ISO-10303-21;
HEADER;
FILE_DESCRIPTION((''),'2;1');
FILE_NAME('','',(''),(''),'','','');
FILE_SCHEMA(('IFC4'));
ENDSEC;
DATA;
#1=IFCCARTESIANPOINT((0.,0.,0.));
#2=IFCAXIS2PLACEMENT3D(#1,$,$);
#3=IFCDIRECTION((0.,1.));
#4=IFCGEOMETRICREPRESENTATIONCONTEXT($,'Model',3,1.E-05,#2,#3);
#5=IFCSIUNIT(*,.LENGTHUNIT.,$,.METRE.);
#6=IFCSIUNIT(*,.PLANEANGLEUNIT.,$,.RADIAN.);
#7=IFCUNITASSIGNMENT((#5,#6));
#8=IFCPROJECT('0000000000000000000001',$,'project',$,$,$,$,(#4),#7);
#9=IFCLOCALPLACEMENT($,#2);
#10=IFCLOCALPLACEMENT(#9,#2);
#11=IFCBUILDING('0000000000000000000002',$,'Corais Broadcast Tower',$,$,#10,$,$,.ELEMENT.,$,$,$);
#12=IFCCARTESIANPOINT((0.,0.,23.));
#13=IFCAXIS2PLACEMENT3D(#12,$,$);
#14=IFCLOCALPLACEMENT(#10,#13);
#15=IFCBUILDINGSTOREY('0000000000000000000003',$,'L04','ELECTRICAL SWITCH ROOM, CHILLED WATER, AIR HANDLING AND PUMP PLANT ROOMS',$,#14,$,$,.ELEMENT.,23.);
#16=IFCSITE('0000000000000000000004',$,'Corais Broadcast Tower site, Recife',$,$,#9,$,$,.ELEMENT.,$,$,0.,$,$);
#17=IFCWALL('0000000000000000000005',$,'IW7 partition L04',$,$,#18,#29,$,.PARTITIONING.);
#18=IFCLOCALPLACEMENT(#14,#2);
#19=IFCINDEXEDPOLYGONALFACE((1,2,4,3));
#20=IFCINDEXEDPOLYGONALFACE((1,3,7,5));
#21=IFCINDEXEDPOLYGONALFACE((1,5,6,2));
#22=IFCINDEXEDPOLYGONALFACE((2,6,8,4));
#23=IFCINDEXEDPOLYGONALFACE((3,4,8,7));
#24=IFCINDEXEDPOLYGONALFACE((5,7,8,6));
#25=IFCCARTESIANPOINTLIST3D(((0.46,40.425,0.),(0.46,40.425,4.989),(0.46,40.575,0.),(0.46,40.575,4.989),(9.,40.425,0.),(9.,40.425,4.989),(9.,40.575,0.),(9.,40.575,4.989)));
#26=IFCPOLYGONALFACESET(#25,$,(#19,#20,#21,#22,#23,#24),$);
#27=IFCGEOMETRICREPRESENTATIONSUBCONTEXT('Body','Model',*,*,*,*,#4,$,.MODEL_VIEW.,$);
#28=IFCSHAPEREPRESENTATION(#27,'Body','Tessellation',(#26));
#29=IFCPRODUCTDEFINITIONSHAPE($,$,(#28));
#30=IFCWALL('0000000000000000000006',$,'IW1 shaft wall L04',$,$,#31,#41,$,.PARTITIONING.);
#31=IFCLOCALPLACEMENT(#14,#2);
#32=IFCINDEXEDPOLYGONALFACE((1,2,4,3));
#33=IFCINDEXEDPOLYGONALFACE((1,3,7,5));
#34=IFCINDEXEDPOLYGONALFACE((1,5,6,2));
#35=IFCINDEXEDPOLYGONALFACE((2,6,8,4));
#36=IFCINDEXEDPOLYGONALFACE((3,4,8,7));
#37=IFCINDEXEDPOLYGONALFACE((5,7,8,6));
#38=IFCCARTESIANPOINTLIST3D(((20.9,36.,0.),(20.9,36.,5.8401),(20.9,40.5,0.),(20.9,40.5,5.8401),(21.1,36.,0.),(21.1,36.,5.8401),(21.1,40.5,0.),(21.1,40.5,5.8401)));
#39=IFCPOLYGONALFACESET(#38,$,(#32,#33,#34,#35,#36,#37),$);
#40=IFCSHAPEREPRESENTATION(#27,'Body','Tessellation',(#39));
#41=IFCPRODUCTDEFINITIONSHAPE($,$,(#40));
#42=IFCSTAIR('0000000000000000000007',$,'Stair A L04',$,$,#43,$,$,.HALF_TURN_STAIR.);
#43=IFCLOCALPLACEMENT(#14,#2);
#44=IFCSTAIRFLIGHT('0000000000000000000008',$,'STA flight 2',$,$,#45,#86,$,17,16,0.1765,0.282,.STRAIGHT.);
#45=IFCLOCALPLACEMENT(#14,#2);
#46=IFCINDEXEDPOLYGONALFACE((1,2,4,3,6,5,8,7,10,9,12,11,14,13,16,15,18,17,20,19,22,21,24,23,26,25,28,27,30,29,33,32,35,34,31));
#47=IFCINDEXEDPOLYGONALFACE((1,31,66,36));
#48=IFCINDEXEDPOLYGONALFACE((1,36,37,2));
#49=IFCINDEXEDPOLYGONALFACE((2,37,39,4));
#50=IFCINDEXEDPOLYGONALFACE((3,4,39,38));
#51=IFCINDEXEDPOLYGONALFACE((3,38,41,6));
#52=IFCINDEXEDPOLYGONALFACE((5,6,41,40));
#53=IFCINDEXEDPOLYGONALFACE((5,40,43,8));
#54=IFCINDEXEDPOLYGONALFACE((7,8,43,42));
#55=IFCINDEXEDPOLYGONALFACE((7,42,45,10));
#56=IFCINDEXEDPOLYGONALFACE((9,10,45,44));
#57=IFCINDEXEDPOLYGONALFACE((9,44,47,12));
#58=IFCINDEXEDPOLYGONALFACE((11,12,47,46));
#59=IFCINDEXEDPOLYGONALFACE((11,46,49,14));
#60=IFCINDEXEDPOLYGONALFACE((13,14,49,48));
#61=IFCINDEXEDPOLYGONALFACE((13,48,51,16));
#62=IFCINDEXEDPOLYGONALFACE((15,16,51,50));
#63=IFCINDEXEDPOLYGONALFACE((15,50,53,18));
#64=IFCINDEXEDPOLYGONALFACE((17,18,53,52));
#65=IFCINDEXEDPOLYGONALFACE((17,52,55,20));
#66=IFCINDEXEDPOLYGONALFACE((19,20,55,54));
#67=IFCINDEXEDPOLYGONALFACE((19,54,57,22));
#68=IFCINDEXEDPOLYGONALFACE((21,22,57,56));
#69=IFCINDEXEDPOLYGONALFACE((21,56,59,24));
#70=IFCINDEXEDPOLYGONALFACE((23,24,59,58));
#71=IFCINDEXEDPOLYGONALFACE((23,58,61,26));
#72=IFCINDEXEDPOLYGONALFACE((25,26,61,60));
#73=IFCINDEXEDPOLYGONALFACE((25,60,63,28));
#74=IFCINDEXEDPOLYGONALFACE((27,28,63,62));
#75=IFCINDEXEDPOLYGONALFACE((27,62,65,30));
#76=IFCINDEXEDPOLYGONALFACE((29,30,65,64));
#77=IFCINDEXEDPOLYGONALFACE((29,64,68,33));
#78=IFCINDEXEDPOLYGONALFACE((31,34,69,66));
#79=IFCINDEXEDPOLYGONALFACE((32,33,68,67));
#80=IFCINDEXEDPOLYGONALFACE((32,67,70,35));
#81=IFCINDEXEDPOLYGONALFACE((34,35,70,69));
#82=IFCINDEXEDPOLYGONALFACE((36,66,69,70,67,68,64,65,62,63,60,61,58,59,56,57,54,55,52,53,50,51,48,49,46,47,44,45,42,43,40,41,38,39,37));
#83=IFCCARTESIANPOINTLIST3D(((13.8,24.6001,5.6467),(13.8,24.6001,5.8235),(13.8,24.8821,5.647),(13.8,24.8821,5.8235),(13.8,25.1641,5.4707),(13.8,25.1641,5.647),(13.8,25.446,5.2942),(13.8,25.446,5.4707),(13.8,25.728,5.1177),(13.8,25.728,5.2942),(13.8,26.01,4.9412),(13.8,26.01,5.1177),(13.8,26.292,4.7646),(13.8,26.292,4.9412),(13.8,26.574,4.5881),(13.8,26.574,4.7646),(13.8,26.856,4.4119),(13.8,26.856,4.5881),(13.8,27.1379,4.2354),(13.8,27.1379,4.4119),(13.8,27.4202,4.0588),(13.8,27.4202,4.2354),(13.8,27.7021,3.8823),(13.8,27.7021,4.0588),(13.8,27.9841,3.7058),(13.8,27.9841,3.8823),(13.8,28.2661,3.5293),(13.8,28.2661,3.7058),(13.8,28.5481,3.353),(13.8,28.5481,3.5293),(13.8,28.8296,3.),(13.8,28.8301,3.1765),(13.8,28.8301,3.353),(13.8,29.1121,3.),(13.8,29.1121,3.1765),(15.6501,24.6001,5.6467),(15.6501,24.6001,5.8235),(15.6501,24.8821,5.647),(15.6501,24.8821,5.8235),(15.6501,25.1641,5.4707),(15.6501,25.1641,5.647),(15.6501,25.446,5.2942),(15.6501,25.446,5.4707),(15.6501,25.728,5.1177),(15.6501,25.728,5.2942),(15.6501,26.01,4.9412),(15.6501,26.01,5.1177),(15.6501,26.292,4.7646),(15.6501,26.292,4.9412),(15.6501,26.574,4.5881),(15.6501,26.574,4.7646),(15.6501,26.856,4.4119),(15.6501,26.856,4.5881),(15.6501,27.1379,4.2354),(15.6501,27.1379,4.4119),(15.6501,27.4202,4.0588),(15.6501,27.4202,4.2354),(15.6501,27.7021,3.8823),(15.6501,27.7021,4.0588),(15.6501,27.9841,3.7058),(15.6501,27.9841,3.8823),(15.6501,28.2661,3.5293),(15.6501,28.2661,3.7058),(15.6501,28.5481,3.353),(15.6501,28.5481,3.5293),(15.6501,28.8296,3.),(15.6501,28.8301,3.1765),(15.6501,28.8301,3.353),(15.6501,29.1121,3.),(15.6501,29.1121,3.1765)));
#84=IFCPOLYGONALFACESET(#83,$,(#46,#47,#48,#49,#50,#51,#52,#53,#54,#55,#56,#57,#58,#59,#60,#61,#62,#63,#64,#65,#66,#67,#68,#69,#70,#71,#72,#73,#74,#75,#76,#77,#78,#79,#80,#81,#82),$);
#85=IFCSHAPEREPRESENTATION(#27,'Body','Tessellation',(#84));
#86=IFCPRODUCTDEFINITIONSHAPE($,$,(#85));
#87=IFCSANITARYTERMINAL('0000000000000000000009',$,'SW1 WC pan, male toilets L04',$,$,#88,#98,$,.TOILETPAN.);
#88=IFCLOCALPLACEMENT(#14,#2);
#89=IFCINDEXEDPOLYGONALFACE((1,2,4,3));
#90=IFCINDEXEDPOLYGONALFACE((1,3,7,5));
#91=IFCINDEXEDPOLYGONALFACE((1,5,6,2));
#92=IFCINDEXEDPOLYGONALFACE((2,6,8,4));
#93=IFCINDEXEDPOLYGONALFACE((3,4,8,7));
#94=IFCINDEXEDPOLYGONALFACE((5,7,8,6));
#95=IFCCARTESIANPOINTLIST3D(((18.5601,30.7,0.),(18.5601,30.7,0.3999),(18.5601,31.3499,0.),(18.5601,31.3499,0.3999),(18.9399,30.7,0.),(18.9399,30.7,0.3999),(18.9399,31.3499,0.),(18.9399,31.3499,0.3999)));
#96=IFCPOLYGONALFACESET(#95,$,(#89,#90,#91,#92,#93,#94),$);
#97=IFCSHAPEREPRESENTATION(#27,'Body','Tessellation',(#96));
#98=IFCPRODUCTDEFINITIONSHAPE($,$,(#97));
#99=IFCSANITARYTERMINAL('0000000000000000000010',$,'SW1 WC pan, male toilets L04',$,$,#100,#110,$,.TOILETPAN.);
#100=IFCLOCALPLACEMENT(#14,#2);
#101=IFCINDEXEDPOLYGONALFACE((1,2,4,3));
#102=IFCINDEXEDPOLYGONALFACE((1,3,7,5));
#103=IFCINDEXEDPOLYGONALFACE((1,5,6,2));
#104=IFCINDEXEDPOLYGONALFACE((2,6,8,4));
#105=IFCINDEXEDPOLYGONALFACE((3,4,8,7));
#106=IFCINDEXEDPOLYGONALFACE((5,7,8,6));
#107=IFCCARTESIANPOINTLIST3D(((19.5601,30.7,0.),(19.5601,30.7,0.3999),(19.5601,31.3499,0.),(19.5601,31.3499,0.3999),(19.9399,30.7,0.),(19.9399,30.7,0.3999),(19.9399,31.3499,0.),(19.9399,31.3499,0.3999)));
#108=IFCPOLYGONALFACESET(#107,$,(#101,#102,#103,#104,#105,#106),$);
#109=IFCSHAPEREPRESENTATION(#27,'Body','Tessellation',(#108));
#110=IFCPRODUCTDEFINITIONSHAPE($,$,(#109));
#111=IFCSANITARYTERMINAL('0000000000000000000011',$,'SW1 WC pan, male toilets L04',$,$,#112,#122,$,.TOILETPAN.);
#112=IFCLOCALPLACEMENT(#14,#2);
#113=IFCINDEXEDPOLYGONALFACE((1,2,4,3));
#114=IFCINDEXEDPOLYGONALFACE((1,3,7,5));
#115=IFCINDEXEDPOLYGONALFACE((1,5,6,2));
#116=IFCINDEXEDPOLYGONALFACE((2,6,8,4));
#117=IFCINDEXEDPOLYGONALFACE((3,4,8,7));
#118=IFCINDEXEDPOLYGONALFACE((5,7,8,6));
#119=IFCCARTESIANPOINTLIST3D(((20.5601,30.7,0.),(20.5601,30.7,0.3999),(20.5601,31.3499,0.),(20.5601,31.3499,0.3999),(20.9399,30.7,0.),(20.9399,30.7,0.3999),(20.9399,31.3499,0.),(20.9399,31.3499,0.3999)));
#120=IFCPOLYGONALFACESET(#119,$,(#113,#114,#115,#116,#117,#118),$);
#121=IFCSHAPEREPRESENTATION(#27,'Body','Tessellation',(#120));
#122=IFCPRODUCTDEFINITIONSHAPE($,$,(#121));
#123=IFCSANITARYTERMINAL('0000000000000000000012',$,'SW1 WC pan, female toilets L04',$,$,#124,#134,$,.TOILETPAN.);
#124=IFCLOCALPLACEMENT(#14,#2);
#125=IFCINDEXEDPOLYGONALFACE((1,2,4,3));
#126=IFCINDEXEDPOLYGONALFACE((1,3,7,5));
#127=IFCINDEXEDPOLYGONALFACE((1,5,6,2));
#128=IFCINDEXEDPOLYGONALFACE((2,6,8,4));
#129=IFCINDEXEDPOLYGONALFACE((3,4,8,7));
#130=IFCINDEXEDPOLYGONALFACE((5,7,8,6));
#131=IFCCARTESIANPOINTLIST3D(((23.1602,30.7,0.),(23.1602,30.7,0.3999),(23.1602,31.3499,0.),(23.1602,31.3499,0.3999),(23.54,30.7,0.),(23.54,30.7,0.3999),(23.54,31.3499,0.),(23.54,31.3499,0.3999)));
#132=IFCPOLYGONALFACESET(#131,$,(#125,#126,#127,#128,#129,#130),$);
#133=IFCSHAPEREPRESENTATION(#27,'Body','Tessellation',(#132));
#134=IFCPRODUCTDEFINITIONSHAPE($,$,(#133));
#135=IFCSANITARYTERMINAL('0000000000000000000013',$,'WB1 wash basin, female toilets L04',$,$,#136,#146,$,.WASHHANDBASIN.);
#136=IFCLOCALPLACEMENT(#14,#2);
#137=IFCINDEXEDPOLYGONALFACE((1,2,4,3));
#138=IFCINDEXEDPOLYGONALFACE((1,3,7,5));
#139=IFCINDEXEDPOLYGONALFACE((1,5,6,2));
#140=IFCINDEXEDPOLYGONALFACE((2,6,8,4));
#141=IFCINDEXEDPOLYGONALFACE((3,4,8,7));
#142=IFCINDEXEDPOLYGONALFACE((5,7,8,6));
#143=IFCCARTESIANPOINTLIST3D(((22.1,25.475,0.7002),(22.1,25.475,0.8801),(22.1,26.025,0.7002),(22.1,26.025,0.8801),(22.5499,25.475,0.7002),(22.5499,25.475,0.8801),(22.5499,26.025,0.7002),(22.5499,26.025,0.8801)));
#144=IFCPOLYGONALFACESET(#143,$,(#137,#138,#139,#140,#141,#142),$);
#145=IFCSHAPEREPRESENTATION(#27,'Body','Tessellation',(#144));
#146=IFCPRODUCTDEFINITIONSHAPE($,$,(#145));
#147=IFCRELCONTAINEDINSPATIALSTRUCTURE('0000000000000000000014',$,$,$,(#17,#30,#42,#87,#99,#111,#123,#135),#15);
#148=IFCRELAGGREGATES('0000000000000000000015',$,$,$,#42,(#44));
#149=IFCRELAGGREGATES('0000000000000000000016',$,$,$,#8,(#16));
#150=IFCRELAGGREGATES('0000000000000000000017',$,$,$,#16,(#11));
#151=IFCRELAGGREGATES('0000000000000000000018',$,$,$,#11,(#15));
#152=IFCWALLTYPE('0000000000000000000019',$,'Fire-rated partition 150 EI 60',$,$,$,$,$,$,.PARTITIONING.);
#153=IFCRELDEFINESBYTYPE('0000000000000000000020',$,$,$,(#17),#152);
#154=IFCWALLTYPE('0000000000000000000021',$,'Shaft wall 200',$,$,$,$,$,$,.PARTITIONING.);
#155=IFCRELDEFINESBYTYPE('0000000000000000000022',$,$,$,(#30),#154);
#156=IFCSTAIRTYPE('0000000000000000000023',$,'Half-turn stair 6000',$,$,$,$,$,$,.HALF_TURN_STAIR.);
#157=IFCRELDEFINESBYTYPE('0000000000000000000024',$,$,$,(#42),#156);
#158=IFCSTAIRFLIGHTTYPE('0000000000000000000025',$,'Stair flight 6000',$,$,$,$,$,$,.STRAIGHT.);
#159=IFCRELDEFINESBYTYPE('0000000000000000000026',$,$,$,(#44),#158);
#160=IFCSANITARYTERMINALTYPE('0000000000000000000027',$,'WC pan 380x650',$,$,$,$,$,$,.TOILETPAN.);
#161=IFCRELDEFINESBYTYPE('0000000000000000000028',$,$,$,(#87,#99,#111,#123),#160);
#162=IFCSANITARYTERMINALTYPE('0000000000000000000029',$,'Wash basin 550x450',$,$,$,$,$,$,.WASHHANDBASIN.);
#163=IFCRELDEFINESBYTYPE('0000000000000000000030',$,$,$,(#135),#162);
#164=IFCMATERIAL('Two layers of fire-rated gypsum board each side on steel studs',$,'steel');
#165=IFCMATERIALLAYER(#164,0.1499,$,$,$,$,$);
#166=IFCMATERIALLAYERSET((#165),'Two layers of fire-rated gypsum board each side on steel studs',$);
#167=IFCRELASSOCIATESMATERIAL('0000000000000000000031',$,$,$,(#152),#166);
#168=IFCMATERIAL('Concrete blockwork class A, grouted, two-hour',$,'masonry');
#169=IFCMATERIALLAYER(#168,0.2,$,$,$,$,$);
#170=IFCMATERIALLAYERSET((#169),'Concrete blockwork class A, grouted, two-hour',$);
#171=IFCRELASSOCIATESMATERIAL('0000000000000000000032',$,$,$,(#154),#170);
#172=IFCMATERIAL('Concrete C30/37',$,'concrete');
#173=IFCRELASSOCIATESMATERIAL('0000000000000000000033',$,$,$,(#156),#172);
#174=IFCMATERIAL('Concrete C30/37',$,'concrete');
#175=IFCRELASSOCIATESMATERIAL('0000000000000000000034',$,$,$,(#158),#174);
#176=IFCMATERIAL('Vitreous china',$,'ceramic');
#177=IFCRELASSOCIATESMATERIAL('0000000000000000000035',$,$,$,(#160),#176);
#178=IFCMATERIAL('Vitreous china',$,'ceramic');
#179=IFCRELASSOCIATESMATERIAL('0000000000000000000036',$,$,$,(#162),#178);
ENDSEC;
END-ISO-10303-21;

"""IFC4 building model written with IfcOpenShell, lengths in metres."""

from ifc_helpers import new_model, si_unit, direction, frame, frame_2d, origin, origin_2d, place, context, subcontext, project, spatial, polyline, rectangle, outline, extrude, material, layer, layer_set, type_object, element, aggregate, save


model = new_model("IFC4")

# Units and contexts
model_context = context("Model", 3, precision=1e-05, world=origin(), true_north=direction((0.0, 1.0)))
body_context = subcontext(model_context, "Body", "Model", "MODEL_VIEW")
ifc_project = project(units=[si_unit("LENGTHUNIT", "METRE"), si_unit("PLANEANGLEUNIT", "RADIAN")], contexts=[model_context])

# Site, building, storey
site_placement = place(None, origin())
site = spatial("IfcSite", under=ifc_project, at=site_placement, Name="Corais Broadcast Tower site, Recife", CompositionType="ELEMENT", RefElevation=0.0)
building_placement = place(site_placement, origin())
building = spatial("IfcBuilding", under=site, at=building_placement, Name="Corais Broadcast Tower", CompositionType="ELEMENT")
storey_placement = place(building_placement, frame((0.0, 0.0, 23.0)))
storey = spatial("IfcBuildingStorey", under=building, at=storey_placement, Name="L04", Description="ELECTRICAL SWITCH ROOM, CHILLED WATER, AIR HANDLING AND PUMP PLANT ROOMS", CompositionType="ELEMENT", Elevation=23.0)

# Shared definitions
ifc_material_1 = material(Name="Two layers of fire-rated gypsum board each side on steel studs", Category="steel")
ifc_layer_1 = layer(ifc_material_1, 0.1499)
ifc_layer_set_1 = layer_set([ifc_layer_1], Name="Two layers of fire-rated gypsum board each side on steel studs")
wall_type_1 = type_object("IfcWallType", Name="Fire-rated partition 150 EI 60", PredefinedType="PARTITIONING", material=ifc_layer_set_1)

# Walls
wall_1_placement = place(storey_placement, frame((9.0, 40.5, 0.0), z_axis=(0.0, 0.0, 1.0), x_axis=(-1.0, 0.0, 0.0)))
element("IfcWall", 1, at=wall_1_placement, inside=storey, type_object=wall_type_1, Name="IW7 partition L04", PredefinedType="PARTITIONING", context=body_context, shape_type="SweptSolid", body=[
    extrude(rectangle(XDim=8.54, YDim=0.1499, at=frame_2d((4.27, 0.0))), origin(), (0.0, 0.0, 1.0), 4.989),
])
ifc_material_2 = material(Name="Concrete blockwork class A, grouted, two-hour", Category="masonry")
ifc_layer_2 = layer(ifc_material_2, 0.2)
ifc_layer_set_2 = layer_set([ifc_layer_2], Name="Concrete blockwork class A, grouted, two-hour")
wall_type_2 = type_object("IfcWallType", Name="Shaft wall 200", PredefinedType="PARTITIONING", material=ifc_layer_set_2)
wall_2_placement = place(storey_placement, frame((21.0, 36.0, 0.0), z_axis=(0.0, 0.0, 1.0), x_axis=(0.0, 1.0, 0.0)))
element("IfcWall", 2, at=wall_2_placement, inside=storey, type_object=wall_type_2, Name="IW1 shaft wall L04", PredefinedType="PARTITIONING", context=body_context, shape_type="SweptSolid", body=[
    extrude(rectangle(XDim=4.5, YDim=0.2, at=frame_2d((2.25, 0.0))), origin(), (0.0, 0.0, 1.0), 5.8401),
])

# Stair, stair flight
ifc_material_3 = material(Name="Concrete C30/37", Category="concrete")
stair_type = type_object("IfcStairType", Name="Half-turn stair 6000", PredefinedType="HALF_TURN_STAIR", material=ifc_material_3)
stair_placement = place(storey_placement, origin())
stair = element("IfcStair", 3, at=stair_placement, inside=storey, type_object=stair_type, Name="Stair A L04", PredefinedType="HALF_TURN_STAIR")
ifc_material_4 = material(Name="Concrete C30/37", Category="concrete")
stair_flight_type = type_object("IfcStairFlightType", Name="Stair flight 6000", PredefinedType="STRAIGHT", material=ifc_material_4)
stair_flight_placement = place(storey_placement, frame((14.7251, 29.1121, 3.0), z_axis=(0.0, 0.0, 1.0), x_axis=(0.0, -1.0, 0.0)))
stair_flight = element("IfcStairFlight", 4, at=stair_flight_placement, type_object=stair_flight_type, Name="STA flight 2", NumberOfRisers=17, NumberOfTreads=16, PredefinedType="STRAIGHT", RiserHeight=0.1765, TreadLength=0.282, context=body_context, shape_type="SweptSolid", body=[
    extrude(outline(polyline([(0.0, 0.0), (0.0, 0.1765), (0.282, 0.1765), (0.282, 0.353), (0.564, 0.353), (0.564, 0.5293), (0.8459, 0.5293), (0.8459, 0.7058), (1.1279, 0.7058), (1.1279, 0.8823), (1.4099, 0.8823), (1.4099, 1.0588), (1.6919, 1.0588), (1.6919, 1.2354), (1.9741, 1.2354), (1.9741, 1.4119), (2.2561, 1.4119), (2.2561, 1.5881), (2.5381, 1.5881), (2.5381, 1.7646), (2.8201, 1.7646), (2.8201, 1.9412), (3.1021, 1.9412), (3.1021, 2.1177), (3.384, 2.1177), (3.384, 2.2942), (3.666, 2.2942), (3.666, 2.4707), (3.948, 2.4707), (3.948, 2.647), (4.23, 2.647), (4.23, 2.8235), (4.512, 2.8235), (4.512, 3.0), (4.512, 2.6467), (0.2825, 0.0), (0.0, 0.0)])), frame((0.0, 0.925, 0.0), z_axis=(0.0, -1.0, 0.0), x_axis=(1.0, 0.0, 0.0)), (0.0, 0.0, 1.0), 1.8501),
])
aggregate(stair, [stair_flight])

# Sanitary terminals
ifc_material_5 = material(Name="Vitreous china", Category="ceramic")
sanitary_terminal_type_1 = type_object("IfcSanitaryTerminalType", Name="WC pan 380x650", PredefinedType="TOILETPAN", material=ifc_material_5)
for number, where, z_axis, x_axis, name in (
    (5, (18.75, 31.0249, 0.0), (0.0, 0.0, 1.0), (1.0, 0.0, 0.0), "SW1 WC pan, male toilets L04"),
    (6, (19.75, 31.0249, 0.0), (0.0, 0.0, 1.0), (1.0, 0.0, 0.0), "SW1 WC pan, male toilets L04"),
    (7, (20.75, 31.0249, 0.0), (0.0, 0.0, 1.0), (1.0, 0.0, 0.0), "SW1 WC pan, male toilets L04"),
    (8, (23.3501, 31.0249, 0.0), (0.0, 0.0, 1.0), (1.0, 0.0, 0.0), "SW1 WC pan, female toilets L04"),
):
    element("IfcSanitaryTerminal", number, at=place(storey_placement, frame(where, z_axis=z_axis, x_axis=x_axis)), inside=storey, type_object=sanitary_terminal_type_1, Name=name, PredefinedType="TOILETPAN", context=body_context, shape_type="SweptSolid", body=[
        extrude(rectangle(XDim=0.3799, YDim=0.6499, at=origin_2d()), origin(), (0.0, 0.0, 1.0), 0.3999),
    ])
ifc_material_6 = material(Name="Vitreous china", Category="ceramic")
sanitary_terminal_type_2 = type_object("IfcSanitaryTerminalType", Name="Wash basin 550x450", PredefinedType="WASHHANDBASIN", material=ifc_material_6)
sanitary_terminal_placement = place(storey_placement, frame((22.325, 25.75, 0.7002), z_axis=(0.0, 0.0, 1.0), x_axis=(1.0, 0.0, 0.0)))
element("IfcSanitaryTerminal", 9, at=sanitary_terminal_placement, inside=storey, type_object=sanitary_terminal_type_2, Name="WB1 wash basin, female toilets L04", PredefinedType="WASHHANDBASIN", context=body_context, shape_type="SweptSolid", body=[
    extrude(rectangle(XDim=0.45, YDim=0.55, at=origin_2d()), origin(), (0.0, 0.0, 1.0), 0.1799),
])

save(model, "model.ifc")
